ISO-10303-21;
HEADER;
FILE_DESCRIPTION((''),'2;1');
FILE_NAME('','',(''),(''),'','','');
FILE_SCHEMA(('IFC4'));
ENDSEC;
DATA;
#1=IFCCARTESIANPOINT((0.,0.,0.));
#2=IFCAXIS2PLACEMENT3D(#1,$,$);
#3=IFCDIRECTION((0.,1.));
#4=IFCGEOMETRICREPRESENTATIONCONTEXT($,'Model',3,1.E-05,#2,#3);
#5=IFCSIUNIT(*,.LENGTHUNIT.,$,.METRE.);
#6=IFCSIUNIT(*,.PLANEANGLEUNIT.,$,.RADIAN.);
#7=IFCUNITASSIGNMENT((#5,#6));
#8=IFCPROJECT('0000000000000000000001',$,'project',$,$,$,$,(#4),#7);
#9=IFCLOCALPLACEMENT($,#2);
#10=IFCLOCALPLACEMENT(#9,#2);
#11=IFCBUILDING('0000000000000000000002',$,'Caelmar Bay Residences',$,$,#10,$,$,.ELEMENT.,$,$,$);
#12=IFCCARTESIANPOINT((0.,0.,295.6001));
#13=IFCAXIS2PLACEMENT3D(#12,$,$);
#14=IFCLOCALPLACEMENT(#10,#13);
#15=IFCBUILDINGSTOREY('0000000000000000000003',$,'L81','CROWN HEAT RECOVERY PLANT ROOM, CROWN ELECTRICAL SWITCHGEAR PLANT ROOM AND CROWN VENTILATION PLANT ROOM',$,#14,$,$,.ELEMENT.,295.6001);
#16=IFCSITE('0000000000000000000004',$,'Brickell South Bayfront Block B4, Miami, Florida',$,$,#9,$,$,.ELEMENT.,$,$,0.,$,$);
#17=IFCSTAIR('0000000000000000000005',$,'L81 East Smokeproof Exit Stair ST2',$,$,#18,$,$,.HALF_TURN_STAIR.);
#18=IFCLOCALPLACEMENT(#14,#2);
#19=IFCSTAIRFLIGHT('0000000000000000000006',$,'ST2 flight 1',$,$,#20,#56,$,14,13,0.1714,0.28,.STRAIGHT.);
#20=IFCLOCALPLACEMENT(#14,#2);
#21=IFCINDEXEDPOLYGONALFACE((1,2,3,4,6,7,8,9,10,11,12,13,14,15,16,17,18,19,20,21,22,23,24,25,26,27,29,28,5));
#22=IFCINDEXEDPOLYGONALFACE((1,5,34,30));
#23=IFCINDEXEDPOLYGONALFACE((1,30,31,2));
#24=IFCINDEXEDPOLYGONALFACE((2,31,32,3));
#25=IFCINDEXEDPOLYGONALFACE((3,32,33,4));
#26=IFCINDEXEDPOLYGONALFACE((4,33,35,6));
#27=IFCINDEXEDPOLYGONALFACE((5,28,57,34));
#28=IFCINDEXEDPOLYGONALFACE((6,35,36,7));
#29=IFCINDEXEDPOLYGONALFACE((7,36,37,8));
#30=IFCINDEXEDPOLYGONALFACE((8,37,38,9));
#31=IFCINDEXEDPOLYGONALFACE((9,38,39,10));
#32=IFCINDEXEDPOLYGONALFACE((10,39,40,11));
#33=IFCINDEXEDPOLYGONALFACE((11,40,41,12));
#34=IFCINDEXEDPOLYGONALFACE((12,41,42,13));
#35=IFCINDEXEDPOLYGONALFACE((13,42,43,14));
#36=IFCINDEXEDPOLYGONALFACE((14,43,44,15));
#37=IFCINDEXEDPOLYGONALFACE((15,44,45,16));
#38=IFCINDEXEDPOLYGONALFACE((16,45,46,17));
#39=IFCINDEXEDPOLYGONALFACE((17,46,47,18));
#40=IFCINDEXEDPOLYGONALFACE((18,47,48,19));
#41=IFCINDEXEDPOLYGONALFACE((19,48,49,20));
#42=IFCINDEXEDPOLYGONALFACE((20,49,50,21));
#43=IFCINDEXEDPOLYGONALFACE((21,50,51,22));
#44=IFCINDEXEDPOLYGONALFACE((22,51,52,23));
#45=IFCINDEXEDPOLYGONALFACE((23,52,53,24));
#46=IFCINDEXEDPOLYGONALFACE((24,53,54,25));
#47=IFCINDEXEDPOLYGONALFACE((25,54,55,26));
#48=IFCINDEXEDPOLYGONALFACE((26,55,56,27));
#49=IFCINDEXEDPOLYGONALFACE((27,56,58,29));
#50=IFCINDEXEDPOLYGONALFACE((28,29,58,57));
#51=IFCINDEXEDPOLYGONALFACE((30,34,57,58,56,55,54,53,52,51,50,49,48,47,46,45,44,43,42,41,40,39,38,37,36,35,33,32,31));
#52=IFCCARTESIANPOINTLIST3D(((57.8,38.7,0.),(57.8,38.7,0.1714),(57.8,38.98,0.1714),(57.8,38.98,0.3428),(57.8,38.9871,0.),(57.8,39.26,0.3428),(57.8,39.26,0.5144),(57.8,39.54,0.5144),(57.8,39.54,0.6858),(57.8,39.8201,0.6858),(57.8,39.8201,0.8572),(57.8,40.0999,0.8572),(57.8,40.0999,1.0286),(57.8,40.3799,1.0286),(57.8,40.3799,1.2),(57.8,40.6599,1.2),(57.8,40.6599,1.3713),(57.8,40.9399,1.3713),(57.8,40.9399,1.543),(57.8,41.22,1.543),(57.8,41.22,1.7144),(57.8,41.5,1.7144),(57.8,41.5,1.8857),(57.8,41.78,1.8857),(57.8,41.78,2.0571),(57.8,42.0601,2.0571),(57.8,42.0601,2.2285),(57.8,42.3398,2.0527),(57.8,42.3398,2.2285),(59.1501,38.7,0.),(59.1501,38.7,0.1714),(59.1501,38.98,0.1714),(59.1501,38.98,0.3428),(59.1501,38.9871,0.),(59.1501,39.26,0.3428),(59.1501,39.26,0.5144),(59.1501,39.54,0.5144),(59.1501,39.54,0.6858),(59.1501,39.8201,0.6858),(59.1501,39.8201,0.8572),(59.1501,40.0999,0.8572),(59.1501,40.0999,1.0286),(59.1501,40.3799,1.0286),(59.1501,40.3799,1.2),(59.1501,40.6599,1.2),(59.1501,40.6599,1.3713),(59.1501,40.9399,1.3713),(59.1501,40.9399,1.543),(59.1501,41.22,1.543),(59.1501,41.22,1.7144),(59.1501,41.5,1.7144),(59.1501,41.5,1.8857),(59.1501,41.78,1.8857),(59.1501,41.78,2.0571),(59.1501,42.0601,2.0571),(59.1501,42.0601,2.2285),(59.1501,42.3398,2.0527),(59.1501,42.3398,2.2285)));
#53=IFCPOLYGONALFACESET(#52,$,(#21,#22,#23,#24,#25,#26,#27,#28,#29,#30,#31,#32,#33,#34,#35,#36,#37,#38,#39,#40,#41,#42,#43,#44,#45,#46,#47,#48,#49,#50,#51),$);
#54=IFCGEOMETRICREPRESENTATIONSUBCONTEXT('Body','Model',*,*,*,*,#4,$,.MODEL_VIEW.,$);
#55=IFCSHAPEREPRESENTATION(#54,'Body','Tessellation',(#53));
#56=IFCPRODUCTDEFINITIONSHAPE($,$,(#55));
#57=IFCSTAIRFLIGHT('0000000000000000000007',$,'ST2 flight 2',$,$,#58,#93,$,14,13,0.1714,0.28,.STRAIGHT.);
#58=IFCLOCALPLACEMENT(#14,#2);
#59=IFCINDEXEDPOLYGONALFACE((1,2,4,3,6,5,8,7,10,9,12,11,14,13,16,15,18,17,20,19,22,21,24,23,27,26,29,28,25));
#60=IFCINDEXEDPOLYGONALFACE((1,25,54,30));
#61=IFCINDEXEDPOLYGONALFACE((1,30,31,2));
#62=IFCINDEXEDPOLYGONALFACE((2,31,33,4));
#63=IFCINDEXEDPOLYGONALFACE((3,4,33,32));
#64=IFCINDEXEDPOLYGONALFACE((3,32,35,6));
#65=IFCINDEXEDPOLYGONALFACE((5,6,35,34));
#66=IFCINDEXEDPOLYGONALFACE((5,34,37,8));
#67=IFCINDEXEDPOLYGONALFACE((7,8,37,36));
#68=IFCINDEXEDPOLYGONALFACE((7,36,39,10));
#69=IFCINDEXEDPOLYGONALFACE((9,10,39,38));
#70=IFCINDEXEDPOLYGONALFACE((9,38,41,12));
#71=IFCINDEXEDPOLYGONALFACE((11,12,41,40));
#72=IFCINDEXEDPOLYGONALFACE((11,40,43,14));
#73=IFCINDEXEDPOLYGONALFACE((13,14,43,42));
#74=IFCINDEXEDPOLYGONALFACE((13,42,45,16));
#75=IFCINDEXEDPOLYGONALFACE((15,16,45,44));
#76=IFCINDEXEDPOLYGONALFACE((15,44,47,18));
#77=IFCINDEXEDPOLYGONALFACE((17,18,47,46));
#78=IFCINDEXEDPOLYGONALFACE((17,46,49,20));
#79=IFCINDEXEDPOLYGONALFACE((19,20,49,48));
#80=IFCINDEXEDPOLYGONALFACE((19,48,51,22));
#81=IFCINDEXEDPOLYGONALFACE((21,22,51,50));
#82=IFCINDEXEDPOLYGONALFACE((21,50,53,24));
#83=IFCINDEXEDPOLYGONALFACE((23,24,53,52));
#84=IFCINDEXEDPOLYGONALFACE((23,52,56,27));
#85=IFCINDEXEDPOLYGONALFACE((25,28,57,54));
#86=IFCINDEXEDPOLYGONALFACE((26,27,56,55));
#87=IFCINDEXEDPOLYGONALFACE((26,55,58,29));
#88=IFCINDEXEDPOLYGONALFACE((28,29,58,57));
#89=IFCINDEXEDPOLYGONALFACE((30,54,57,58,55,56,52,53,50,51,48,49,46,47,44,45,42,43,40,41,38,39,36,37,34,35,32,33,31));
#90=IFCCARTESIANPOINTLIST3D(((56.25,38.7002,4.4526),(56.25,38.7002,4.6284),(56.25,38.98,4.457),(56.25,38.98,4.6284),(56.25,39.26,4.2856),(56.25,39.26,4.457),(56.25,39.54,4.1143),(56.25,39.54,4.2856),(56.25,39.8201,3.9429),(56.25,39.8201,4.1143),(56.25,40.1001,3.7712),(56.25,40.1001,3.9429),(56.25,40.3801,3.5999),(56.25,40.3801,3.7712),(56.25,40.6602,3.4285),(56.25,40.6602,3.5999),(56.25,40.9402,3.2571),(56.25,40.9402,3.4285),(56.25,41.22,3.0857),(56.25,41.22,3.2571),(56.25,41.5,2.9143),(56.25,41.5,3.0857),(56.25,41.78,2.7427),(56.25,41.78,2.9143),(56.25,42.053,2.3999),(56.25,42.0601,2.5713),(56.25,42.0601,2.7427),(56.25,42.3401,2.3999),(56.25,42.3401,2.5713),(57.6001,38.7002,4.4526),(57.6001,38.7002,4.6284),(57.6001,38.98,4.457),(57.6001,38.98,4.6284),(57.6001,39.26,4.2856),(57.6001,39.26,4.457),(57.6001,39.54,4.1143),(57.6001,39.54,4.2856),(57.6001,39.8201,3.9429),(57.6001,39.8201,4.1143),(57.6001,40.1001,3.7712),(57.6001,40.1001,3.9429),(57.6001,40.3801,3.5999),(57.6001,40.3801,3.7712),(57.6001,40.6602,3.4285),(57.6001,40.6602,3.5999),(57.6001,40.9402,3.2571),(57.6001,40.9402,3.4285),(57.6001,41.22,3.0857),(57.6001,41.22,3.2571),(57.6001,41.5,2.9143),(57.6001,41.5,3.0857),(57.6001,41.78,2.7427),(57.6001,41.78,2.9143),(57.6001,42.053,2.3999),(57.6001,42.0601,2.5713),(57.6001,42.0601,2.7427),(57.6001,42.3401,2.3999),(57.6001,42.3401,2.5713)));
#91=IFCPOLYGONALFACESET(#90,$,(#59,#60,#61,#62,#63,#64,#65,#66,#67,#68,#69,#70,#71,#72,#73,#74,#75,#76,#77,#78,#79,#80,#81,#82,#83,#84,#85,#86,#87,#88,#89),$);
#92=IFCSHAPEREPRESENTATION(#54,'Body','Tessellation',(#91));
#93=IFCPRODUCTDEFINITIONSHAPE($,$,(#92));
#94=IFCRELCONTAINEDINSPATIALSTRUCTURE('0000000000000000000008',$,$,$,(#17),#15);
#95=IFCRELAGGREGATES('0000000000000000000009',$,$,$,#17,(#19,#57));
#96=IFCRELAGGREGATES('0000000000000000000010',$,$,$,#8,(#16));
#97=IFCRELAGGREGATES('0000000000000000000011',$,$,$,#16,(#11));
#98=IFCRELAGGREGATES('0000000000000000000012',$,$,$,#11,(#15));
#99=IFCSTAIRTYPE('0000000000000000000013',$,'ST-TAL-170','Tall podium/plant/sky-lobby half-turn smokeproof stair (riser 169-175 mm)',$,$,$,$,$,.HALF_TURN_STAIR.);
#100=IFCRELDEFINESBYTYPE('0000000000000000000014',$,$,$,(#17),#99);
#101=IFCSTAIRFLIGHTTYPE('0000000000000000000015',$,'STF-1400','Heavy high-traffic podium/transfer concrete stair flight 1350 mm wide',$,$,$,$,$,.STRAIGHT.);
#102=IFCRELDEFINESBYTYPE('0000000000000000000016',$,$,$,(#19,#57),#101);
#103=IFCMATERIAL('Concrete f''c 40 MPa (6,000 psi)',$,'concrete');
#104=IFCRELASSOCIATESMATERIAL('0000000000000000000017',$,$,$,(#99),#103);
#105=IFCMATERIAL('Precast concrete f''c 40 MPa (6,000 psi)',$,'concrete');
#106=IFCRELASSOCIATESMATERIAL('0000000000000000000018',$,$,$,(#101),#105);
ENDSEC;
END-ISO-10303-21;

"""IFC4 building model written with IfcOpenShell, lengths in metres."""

from ifc_helpers import new_model, si_unit, direction, frame, origin, place, context, subcontext, project, spatial, polyline, outline, extrude, material, type_object, element, aggregate, save


model = new_model("IFC4")

# Units and contexts
model_context = context("Model", 3, precision=1e-05, world=origin(), true_north=direction((0.0, 1.0)))
body_context = subcontext(model_context, "Body", "Model", "MODEL_VIEW")
ifc_project = project(units=[si_unit("LENGTHUNIT", "METRE"), si_unit("PLANEANGLEUNIT", "RADIAN")], contexts=[model_context])

# Site, building, storey
site_placement = place(None, origin())
site = spatial("IfcSite", under=ifc_project, at=site_placement, Name="Brickell South Bayfront Block B4, Miami, Florida", CompositionType="ELEMENT", RefElevation=0.0)
building_placement = place(site_placement, origin())
building = spatial("IfcBuilding", under=site, at=building_placement, Name="Caelmar Bay Residences", CompositionType="ELEMENT")
storey_placement = place(building_placement, frame((0.0, 0.0, 295.6001)))
storey = spatial("IfcBuildingStorey", under=building, at=storey_placement, Name="L81", Description="CROWN HEAT RECOVERY PLANT ROOM, CROWN ELECTRICAL SWITCHGEAR PLANT ROOM AND CROWN VENTILATION PLANT ROOM", CompositionType="ELEMENT", Elevation=295.6001)

# Shared definitions
ifc_material_1 = material(Name="Precast concrete f'c 40 MPa (6,000 psi)", Category="concrete")

# Stair, stair flights
ifc_material_2 = material(Name="Concrete f'c 40 MPa (6,000 psi)", Category="concrete")
stair_type = type_object("IfcStairType", Name="ST-TAL-170", Description="Tall podium/plant/sky-lobby half-turn smokeproof stair (riser 169-175 mm)", PredefinedType="HALF_TURN_STAIR", material=ifc_material_2)
stair_placement = place(storey_placement, origin())
stair = element("IfcStair", 1, at=stair_placement, inside=storey, type_object=stair_type, Name="L81 East Smokeproof Exit Stair ST2", PredefinedType="HALF_TURN_STAIR")
stair_flight_type = type_object("IfcStairFlightType", Name="STF-1400", Description="Heavy high-traffic podium/transfer concrete stair flight 1350 mm wide", PredefinedType="STRAIGHT", material=ifc_material_1)
stair_flight_1_placement = place(storey_placement, frame((58.4751, 38.7, 0.0), z_axis=(0.0, 0.0, 1.0), x_axis=(0.0, 1.0, 0.0)))
stair_flight_1 = element("IfcStairFlight", 2, at=stair_flight_1_placement, type_object=stair_flight_type, Name="ST2 flight 1", NumberOfRisers=14, NumberOfTreads=13, PredefinedType="STRAIGHT", RiserHeight=0.1714, TreadLength=0.28, context=body_context, shape_type="SweptSolid", body=[
    extrude(outline(polyline([(0.0, 0.0), (0.0, 0.1714), (0.28, 0.1714), (0.28, 0.3428), (0.5601, 0.3428), (0.5601, 0.5144), (0.8401, 0.5144), (0.8401, 0.6858), (1.1201, 0.6858), (1.1201, 0.8572), (1.3999, 0.8572), (1.3999, 1.0286), (1.6799, 1.0286), (1.6799, 1.2), (1.96, 1.2), (1.96, 1.3713), (2.24, 1.3713), (2.24, 1.543), (2.52, 1.543), (2.52, 1.7144), (2.8, 1.7144), (2.8, 1.8857), (3.0801, 1.8857), (3.0801, 2.0571), (3.3601, 2.0571), (3.3601, 2.2285), (3.6399, 2.2285), (3.6399, 2.3999), (3.6399, 2.0527), (0.2871, 0.0), (0.0, 0.0)])), frame((0.0, 0.675, 0.0), z_axis=(0.0, -1.0, 0.0), x_axis=(1.0, 0.0, 0.0)), (0.0, 0.0, 1.0), 1.3501),
])
stair_flight_2_placement = place(storey_placement, frame((56.925, 42.3401, 2.3999), z_axis=(0.0, 0.0, 1.0), x_axis=(0.0, -1.0, 0.0)))
stair_flight_2 = element("IfcStairFlight", 3, at=stair_flight_2_placement, type_object=stair_flight_type, Name="ST2 flight 2", NumberOfRisers=14, NumberOfTreads=13, PredefinedType="STRAIGHT", RiserHeight=0.1714, TreadLength=0.28, context=body_context, shape_type="SweptSolid", body=[
    extrude(outline(polyline([(0.0, 0.0), (0.0, 0.1714), (0.28, 0.1714), (0.28, 0.3428), (0.5601, 0.3428), (0.5601, 0.5144), (0.8401, 0.5144), (0.8401, 0.6858), (1.1201, 0.6858), (1.1201, 0.8572), (1.3999, 0.8572), (1.3999, 1.0286), (1.6799, 1.0286), (1.6799, 1.2), (1.96, 1.2), (1.96, 1.3713), (2.24, 1.3713), (2.24, 1.543), (2.52, 1.543), (2.52, 1.7144), (2.8, 1.7144), (2.8, 1.8857), (3.0801, 1.8857), (3.0801, 2.0571), (3.3601, 2.0571), (3.3601, 2.2285), (3.6399, 2.2285), (3.6399, 2.3999), (3.6399, 2.0527), (0.2871, 0.0), (0.0, 0.0)])), frame((0.0, 0.675, 0.0), z_axis=(0.0, -1.0, 0.0), x_axis=(1.0, 0.0, 0.0)), (0.0, 0.0, 1.0), 1.3501),
])
aggregate(stair, [stair_flight_1, stair_flight_2])

save(model, "model.ifc")
